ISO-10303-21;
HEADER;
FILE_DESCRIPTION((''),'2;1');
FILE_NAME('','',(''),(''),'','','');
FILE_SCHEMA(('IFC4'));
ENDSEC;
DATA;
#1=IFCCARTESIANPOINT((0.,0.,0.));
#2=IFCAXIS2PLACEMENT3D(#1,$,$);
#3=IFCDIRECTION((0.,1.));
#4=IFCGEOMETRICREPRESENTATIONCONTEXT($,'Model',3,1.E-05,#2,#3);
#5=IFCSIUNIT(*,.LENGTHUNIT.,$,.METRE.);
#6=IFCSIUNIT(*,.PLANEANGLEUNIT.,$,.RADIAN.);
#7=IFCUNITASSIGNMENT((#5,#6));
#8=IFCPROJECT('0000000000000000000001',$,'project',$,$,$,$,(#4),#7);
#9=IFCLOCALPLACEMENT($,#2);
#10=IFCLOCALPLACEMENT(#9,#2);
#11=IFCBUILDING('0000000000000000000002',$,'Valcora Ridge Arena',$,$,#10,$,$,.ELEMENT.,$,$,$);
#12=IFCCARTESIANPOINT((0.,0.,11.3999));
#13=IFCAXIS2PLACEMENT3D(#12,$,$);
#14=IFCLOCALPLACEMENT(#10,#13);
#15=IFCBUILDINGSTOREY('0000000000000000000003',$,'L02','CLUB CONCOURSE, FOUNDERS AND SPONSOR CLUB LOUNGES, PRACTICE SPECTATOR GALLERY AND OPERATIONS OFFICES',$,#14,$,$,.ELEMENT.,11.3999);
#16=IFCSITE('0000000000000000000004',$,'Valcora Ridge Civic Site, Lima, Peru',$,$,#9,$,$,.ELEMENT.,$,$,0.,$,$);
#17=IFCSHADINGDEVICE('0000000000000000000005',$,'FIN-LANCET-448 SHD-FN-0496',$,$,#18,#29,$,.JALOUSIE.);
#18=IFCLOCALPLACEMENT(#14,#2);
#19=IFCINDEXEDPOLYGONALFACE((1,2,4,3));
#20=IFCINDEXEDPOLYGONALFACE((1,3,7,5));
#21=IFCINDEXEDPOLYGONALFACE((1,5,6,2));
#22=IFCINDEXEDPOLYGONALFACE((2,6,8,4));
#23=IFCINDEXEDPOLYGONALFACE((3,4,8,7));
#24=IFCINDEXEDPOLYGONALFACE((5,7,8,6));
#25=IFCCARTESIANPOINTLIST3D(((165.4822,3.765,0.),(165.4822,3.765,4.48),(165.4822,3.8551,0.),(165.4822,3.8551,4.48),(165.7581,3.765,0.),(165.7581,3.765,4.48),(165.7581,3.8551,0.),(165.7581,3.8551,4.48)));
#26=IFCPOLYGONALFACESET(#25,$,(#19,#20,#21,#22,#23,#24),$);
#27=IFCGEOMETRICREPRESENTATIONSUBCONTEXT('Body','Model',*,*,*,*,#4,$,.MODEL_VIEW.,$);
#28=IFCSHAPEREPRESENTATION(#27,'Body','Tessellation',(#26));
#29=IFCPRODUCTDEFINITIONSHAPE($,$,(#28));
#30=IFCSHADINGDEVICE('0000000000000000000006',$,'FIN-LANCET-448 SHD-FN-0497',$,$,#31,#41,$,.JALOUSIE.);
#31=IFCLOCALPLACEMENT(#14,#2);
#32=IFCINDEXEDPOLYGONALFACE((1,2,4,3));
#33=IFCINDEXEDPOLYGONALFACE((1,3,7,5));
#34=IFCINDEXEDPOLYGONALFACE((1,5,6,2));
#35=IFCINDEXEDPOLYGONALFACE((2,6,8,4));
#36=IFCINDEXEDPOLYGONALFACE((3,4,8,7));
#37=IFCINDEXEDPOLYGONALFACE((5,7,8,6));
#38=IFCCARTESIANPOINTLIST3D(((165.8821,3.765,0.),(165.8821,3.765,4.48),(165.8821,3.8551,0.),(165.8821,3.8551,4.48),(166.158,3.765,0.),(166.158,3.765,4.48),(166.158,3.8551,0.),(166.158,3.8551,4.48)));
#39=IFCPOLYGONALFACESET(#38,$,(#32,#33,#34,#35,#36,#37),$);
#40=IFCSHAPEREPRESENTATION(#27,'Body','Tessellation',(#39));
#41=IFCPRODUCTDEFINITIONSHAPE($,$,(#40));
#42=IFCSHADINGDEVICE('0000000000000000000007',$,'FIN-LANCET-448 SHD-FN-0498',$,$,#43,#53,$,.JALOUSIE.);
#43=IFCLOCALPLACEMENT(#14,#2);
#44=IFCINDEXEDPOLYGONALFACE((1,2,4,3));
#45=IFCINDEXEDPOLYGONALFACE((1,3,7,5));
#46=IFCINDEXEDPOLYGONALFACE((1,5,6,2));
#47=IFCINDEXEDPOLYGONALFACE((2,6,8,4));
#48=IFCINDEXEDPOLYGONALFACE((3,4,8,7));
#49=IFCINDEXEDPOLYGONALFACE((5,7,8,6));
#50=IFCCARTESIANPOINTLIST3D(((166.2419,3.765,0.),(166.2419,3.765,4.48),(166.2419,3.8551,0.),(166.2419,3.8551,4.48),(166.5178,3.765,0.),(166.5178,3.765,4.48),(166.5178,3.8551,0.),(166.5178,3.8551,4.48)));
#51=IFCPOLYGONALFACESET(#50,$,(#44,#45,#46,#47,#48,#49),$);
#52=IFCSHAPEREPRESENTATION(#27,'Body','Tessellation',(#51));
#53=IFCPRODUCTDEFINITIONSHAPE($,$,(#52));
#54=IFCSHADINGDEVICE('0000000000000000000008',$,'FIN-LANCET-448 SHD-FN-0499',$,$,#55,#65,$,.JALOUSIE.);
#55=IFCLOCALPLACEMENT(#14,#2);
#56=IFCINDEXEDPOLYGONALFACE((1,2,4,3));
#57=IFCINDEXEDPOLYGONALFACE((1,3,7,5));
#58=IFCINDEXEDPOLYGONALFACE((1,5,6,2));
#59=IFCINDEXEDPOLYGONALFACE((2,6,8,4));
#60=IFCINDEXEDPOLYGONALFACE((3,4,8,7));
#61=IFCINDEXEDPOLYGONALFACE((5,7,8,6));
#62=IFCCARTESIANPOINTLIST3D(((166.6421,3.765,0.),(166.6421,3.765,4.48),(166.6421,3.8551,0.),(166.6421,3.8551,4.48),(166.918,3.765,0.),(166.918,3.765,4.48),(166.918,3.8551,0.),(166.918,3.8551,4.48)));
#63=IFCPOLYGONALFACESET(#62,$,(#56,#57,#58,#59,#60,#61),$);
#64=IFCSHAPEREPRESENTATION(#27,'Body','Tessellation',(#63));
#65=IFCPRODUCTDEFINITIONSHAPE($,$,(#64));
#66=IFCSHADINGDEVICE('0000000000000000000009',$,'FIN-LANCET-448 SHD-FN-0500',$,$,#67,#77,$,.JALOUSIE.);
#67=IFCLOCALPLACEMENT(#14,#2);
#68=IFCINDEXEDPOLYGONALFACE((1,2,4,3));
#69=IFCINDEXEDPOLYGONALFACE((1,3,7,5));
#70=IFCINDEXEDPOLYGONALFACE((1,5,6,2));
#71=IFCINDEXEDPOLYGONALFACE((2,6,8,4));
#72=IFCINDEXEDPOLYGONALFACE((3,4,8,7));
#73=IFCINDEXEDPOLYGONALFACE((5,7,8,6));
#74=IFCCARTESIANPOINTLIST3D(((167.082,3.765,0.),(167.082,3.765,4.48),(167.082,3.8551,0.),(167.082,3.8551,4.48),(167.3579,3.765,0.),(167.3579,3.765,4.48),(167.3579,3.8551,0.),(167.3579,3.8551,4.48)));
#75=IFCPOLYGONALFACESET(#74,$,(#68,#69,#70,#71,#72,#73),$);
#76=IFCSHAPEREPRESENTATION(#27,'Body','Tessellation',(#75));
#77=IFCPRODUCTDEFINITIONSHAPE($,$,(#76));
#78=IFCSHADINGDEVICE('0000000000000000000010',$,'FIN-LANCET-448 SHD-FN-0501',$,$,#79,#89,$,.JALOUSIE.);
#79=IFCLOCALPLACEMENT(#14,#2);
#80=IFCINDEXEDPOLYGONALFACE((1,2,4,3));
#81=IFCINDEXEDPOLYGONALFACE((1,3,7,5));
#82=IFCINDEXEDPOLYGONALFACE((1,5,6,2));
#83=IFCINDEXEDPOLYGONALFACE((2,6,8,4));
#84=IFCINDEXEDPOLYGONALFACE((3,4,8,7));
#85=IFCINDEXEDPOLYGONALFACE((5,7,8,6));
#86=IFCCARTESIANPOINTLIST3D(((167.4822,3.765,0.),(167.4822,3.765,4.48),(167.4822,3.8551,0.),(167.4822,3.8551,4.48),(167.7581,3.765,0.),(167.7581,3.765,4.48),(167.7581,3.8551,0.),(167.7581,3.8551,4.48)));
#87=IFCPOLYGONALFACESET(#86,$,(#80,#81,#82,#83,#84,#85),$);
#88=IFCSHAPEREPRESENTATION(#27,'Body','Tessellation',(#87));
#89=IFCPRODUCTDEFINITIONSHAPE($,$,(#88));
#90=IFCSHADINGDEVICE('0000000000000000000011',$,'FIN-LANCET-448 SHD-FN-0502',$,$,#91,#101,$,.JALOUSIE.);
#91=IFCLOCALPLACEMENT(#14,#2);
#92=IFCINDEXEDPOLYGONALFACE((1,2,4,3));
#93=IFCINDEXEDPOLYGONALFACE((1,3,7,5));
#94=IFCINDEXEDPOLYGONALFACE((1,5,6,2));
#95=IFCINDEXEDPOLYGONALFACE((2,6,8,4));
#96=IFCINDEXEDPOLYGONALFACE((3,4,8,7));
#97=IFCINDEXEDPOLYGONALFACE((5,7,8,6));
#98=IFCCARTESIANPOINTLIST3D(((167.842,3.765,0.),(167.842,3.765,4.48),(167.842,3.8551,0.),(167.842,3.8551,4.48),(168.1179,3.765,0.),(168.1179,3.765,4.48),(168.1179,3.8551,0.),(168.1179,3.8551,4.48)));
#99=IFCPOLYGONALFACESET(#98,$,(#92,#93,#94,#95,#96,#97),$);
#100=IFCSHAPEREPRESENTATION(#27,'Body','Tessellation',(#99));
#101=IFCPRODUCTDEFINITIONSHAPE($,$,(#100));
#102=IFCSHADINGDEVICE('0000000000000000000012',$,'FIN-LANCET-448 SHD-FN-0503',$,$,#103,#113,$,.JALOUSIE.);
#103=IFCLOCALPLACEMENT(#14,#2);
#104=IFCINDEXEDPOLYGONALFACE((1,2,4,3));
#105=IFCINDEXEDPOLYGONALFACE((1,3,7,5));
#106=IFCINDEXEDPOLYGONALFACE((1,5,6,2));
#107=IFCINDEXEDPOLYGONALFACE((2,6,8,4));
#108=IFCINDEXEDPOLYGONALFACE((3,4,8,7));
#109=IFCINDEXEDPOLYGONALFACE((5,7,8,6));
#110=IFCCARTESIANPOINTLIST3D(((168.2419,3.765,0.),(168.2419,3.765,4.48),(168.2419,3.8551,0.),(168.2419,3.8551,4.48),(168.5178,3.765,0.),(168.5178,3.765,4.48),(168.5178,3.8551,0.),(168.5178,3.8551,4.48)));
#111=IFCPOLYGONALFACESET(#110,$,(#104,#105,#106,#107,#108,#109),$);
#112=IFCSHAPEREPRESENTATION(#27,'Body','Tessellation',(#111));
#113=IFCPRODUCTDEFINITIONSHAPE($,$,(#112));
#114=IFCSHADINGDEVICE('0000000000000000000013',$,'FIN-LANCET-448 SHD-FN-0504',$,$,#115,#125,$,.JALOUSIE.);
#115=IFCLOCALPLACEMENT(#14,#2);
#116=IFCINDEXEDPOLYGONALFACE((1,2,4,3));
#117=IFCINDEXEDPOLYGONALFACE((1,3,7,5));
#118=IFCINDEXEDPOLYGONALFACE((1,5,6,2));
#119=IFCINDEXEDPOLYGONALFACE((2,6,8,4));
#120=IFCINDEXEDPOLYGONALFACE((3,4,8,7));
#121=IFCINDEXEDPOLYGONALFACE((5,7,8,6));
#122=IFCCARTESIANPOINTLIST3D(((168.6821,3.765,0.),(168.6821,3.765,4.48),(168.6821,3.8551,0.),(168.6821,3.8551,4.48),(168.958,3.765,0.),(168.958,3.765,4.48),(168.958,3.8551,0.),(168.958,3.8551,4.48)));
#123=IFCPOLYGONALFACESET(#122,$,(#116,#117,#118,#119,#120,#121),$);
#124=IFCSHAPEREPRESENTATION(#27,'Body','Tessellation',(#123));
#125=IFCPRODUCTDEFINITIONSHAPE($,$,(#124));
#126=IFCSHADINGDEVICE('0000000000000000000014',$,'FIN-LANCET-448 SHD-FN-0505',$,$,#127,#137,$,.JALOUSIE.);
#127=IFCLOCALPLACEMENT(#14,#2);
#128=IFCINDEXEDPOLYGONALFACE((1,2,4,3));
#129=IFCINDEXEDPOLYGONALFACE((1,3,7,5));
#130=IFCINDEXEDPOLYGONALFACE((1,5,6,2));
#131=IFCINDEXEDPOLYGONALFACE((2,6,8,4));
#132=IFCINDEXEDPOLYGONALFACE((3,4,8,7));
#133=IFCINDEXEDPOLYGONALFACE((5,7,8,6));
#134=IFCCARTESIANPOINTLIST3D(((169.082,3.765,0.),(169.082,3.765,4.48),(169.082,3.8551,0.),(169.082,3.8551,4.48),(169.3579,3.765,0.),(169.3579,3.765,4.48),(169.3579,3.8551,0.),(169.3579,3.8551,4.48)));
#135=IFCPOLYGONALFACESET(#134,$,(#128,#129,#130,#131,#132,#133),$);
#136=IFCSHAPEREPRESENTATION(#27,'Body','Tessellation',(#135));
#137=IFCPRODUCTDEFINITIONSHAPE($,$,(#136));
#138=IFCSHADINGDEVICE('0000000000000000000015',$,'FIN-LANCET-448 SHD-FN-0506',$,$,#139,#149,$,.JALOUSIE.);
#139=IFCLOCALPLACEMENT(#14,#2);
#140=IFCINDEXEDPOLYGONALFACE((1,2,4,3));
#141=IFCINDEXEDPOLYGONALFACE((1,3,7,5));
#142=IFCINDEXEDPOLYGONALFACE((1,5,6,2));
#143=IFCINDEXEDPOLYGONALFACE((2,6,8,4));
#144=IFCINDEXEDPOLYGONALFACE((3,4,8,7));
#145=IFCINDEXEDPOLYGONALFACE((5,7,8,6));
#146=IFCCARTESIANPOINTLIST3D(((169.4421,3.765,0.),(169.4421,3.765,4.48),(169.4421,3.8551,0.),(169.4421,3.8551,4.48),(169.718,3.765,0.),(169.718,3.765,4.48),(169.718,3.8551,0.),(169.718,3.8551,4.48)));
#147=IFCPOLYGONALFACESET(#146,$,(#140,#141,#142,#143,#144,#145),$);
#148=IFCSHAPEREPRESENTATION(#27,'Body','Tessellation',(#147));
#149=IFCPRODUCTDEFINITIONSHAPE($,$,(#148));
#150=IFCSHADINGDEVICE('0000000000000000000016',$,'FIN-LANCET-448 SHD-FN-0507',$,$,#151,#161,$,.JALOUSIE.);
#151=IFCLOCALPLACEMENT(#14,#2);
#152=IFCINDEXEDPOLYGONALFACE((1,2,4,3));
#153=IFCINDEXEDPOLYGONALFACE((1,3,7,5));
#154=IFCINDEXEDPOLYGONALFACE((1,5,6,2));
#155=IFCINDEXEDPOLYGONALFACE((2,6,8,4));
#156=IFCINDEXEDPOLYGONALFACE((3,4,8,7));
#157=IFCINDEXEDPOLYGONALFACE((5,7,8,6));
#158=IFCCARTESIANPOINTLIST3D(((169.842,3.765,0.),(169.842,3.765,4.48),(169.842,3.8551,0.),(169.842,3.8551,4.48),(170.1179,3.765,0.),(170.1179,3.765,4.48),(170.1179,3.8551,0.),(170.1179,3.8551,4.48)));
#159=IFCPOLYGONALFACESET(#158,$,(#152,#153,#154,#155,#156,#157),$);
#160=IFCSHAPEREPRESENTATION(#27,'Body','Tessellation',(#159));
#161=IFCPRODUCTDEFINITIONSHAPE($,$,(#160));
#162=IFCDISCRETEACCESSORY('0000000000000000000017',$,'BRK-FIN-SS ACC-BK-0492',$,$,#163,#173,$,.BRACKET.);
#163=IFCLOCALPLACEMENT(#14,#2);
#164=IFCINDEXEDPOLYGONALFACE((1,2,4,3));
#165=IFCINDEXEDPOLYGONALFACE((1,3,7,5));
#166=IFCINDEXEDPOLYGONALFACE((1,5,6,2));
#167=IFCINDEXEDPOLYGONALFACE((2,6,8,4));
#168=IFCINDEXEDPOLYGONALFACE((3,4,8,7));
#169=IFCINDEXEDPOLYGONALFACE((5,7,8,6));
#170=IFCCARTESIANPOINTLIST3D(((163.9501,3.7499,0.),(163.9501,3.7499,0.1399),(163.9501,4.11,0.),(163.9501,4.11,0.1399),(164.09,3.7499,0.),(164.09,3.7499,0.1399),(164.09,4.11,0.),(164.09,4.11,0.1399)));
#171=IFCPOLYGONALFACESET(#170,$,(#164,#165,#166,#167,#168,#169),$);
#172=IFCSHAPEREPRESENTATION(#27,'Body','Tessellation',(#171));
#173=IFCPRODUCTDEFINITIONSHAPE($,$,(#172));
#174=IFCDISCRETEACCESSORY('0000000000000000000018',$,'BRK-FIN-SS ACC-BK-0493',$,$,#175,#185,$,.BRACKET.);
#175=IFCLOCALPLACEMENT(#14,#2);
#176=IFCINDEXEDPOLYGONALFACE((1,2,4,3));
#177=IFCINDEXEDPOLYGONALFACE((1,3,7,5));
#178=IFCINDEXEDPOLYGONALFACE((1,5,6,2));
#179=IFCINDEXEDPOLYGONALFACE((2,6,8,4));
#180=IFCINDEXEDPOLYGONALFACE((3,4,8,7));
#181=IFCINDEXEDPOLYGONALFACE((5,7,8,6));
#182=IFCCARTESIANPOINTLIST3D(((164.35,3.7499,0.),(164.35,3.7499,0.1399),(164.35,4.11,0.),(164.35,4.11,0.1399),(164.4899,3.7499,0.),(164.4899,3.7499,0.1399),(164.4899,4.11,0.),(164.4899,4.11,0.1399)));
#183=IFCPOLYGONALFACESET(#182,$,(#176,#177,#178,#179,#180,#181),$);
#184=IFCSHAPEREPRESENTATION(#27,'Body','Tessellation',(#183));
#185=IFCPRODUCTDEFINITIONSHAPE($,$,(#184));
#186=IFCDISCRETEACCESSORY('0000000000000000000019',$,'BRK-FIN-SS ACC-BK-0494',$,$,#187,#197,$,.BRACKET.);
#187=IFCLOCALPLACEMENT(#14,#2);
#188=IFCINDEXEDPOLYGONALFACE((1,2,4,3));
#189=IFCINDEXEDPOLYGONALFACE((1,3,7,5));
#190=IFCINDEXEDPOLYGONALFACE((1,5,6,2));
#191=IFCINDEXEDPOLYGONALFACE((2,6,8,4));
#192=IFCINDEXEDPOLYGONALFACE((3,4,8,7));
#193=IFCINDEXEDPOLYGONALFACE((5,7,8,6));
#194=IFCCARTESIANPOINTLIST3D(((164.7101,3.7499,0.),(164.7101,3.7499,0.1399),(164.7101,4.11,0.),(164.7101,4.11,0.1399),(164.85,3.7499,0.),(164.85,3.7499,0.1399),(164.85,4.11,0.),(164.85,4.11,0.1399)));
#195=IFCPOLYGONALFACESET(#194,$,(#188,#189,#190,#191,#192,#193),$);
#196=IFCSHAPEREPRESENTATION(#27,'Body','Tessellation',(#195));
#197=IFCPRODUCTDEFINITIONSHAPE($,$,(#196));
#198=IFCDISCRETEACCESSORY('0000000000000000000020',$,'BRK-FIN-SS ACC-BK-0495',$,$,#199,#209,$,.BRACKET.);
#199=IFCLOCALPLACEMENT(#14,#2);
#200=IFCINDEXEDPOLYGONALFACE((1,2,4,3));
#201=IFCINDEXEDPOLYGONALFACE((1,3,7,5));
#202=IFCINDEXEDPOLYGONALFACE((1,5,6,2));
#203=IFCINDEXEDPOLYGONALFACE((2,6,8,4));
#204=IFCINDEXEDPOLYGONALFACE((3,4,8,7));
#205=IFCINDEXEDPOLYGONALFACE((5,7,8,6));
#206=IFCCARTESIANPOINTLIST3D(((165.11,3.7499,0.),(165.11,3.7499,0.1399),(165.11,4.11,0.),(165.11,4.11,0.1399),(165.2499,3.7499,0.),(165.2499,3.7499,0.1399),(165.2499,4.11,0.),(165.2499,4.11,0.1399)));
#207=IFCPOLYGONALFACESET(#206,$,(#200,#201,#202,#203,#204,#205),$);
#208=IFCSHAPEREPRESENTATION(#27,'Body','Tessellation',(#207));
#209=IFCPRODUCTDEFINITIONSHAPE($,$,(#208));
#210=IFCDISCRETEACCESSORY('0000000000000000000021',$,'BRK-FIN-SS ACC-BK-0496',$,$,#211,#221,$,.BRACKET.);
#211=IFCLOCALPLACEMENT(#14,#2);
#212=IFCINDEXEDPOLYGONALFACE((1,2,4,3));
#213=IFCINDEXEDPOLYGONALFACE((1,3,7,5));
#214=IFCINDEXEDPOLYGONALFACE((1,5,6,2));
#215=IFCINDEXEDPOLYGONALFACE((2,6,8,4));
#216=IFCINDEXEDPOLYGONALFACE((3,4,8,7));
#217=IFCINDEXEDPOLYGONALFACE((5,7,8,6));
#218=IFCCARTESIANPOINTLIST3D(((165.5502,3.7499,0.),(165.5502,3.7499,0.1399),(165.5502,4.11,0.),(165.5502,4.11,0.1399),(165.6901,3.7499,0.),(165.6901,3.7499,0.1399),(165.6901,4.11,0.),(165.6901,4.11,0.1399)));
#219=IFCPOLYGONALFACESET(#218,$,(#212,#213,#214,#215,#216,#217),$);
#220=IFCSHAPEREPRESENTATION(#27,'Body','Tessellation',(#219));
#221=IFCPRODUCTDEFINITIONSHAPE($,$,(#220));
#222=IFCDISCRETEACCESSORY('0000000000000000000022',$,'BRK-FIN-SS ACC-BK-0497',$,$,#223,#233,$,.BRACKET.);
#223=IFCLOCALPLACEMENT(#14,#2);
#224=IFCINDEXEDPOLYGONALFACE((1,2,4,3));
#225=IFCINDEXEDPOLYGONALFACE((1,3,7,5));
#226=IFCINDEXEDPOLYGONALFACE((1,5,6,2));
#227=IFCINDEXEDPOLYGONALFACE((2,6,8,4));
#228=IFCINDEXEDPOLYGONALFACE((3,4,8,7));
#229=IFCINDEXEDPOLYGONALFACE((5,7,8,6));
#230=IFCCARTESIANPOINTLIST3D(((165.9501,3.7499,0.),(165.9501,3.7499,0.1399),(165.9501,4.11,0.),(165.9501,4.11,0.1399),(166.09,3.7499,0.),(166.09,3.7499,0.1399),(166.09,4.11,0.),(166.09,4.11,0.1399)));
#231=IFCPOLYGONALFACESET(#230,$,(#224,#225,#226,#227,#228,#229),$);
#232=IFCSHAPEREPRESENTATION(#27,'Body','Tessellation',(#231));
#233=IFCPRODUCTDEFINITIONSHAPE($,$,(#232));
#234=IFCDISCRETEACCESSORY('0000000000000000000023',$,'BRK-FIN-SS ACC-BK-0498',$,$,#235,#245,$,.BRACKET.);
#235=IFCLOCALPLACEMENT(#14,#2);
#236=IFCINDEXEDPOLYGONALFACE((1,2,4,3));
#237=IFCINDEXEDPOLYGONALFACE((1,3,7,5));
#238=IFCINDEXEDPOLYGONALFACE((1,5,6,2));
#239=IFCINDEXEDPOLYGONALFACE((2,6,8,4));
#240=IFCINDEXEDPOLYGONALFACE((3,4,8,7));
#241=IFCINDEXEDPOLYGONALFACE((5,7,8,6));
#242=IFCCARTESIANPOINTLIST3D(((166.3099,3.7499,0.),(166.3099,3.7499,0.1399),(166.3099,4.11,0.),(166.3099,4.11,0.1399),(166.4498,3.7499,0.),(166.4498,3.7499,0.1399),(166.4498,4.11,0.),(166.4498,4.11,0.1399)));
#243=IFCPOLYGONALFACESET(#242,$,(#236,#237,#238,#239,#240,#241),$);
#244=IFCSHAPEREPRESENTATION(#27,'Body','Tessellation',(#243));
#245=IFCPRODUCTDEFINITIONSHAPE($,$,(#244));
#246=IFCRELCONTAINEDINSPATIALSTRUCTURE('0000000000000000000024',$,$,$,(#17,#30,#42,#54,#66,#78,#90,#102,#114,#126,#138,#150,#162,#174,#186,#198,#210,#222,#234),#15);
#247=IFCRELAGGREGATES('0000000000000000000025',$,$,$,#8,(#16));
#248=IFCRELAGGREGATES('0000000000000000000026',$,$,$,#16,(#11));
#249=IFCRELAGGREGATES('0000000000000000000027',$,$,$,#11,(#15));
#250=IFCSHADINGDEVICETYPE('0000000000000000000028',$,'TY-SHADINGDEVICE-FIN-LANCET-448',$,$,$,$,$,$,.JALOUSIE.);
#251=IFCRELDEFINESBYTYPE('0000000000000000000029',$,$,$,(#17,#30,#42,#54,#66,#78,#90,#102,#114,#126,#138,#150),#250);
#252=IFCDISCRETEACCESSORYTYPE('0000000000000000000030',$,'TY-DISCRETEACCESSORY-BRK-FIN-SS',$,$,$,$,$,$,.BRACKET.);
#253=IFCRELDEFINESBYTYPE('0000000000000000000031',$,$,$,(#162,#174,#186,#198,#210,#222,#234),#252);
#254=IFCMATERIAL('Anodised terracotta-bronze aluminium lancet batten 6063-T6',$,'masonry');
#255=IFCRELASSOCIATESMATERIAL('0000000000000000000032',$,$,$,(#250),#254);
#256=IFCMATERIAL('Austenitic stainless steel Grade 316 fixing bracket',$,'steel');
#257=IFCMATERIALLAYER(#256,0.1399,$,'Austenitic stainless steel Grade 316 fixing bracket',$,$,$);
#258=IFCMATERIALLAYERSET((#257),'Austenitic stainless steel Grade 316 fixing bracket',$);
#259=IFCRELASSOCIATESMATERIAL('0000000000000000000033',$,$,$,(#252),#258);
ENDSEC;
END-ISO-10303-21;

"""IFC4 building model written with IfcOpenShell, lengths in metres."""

from ifc_helpers import new_model, si_unit, direction, frame, origin, origin_2d, place, context, subcontext, project, spatial, rectangle, extrude, material, layer, layer_set, material_profile, profile_set, type_object, element, save


model = new_model("IFC4")

# Units and contexts
model_context = context("Model", 3, precision=1e-05, world=origin(), true_north=direction((0.0, 1.0)))
body_context = subcontext(model_context, "Body", "Model", "MODEL_VIEW")
ifc_project = project(units=[si_unit("LENGTHUNIT", "METRE"), si_unit("PLANEANGLEUNIT", "RADIAN")], contexts=[model_context])

# Site, building, storey
site_placement = place(None, origin())
site = spatial("IfcSite", under=ifc_project, at=site_placement, Name="Valcora Ridge Civic Site, Lima, Peru", CompositionType="ELEMENT", RefElevation=0.0)
building_placement = place(site_placement, origin())
building = spatial("IfcBuilding", under=site, at=building_placement, Name="Valcora Ridge Arena", CompositionType="ELEMENT")
storey_placement = place(building_placement, frame((0.0, 0.0, 11.3999)))
storey = spatial("IfcBuildingStorey", under=building, at=storey_placement, Name="L02", Description="CLUB CONCOURSE, FOUNDERS AND SPONSOR CLUB LOUNGES, PRACTICE SPECTATOR GALLERY AND OPERATIONS OFFICES", CompositionType="ELEMENT", Elevation=11.3999)

# Shared definitions
ifc_material_1 = material(Name="Anodised terracotta-bronze aluminium lancet batten 6063-T6", Category="masonry")

# Shading devices
ifc_material_profile_1 = material_profile(ifc_material_1, rectangle(XDim=0.0901, YDim=0.2759, at=origin_2d()), Name="ALU LANCET BATTEN 90x276")
ifc_profile_set_1 = profile_set([ifc_material_profile_1], Name="Anodised terracotta-bronze aluminium lancet batten 6063-T6")
shading_device_type = type_object("IfcShadingDeviceType", Name="TY-SHADINGDEVICE-FIN-LANCET-448", PredefinedType="JALOUSIE", material=ifc_profile_set_1)
for number, where, z_axis, x_axis, name in (
    (1, (165.6201, 3.8101, 0.0), (0.0, 0.0, 1.0), (0.0, 1.0, 0.0), "FIN-LANCET-448 SHD-FN-0496"),
    (2, (166.02, 3.8101, 0.0), (0.0, 0.0, 1.0), (0.0, 1.0, 0.0), "FIN-LANCET-448 SHD-FN-0497"),
    (3, (166.3799, 3.8101, 0.0), (0.0, 0.0, 1.0), (0.0, 1.0, 0.0), "FIN-LANCET-448 SHD-FN-0498"),
    (4, (166.78, 3.8101, 0.0), (0.0, 0.0, 1.0), (0.0, 1.0, 0.0), "FIN-LANCET-448 SHD-FN-0499"),
    (5, (167.22, 3.8101, 0.0), (0.0, 0.0, 1.0), (0.0, 1.0, 0.0), "FIN-LANCET-448 SHD-FN-0500"),
    (6, (167.6201, 3.8101, 0.0), (0.0, 0.0, 1.0), (0.0, 1.0, 0.0), "FIN-LANCET-448 SHD-FN-0501"),
    (7, (167.98, 3.8101, 0.0), (0.0, 0.0, 1.0), (0.0, 1.0, 0.0), "FIN-LANCET-448 SHD-FN-0502"),
    (8, (168.3799, 3.8101, 0.0), (0.0, 0.0, 1.0), (0.0, 1.0, 0.0), "FIN-LANCET-448 SHD-FN-0503"),
    (9, (168.8201, 3.8101, 0.0), (0.0, 0.0, 1.0), (0.0, 1.0, 0.0), "FIN-LANCET-448 SHD-FN-0504"),
    (10, (169.22, 3.8101, 0.0), (0.0, 0.0, 1.0), (0.0, 1.0, 0.0), "FIN-LANCET-448 SHD-FN-0505"),
    (11, (169.5801, 3.8101, 0.0), (0.0, 0.0, 1.0), (0.0, 1.0, 0.0), "FIN-LANCET-448 SHD-FN-0506"),
    (12, (169.98, 3.8101, 0.0), (0.0, 0.0, 1.0), (0.0, 1.0, 0.0), "FIN-LANCET-448 SHD-FN-0507"),
):
    element("IfcShadingDevice", number, at=place(storey_placement, frame(where, z_axis=z_axis, x_axis=x_axis)), inside=storey, type_object=shading_device_type, Name=name, PredefinedType="JALOUSIE", context=body_context, shape_type="SweptSolid", body=[
        extrude(rectangle(XDim=0.0901, YDim=0.2759, at=origin_2d()), origin(), (0.0, 0.0, 1.0), 4.48),
    ])

# Discrete accessories
ifc_material_2 = material(Name="Austenitic stainless steel Grade 316 fixing bracket", Category="steel")
ifc_layer_1 = layer(ifc_material_2, 0.1399, Name="Austenitic stainless steel Grade 316 fixing bracket")
ifc_layer_set_1 = layer_set([ifc_layer_1], Name="Austenitic stainless steel Grade 316 fixing bracket")
discrete_accessory_type = type_object("IfcDiscreteAccessoryType", Name="TY-DISCRETEACCESSORY-BRK-FIN-SS", PredefinedType="BRACKET", material=ifc_layer_set_1)
for number, where, z_axis, x_axis, name in (
    (13, (164.02, 3.9299, 0.0), (0.0, 0.0, 1.0), (0.0, 1.0, 0.0), "BRK-FIN-SS ACC-BK-0492"),
    (14, (164.4199, 3.9299, 0.0), (0.0, 0.0, 1.0), (0.0, 1.0, 0.0), "BRK-FIN-SS ACC-BK-0493"),
    (15, (164.78, 3.9299, 0.0), (0.0, 0.0, 1.0), (0.0, 1.0, 0.0), "BRK-FIN-SS ACC-BK-0494"),
    (16, (165.1799, 3.9299, 0.0), (0.0, 0.0, 1.0), (0.0, 1.0, 0.0), "BRK-FIN-SS ACC-BK-0495"),
    (17, (165.6201, 3.9299, 0.0), (0.0, 0.0, 1.0), (0.0, 1.0, 0.0), "BRK-FIN-SS ACC-BK-0496"),
    (18, (166.02, 3.9299, 0.0), (0.0, 0.0, 1.0), (0.0, 1.0, 0.0), "BRK-FIN-SS ACC-BK-0497"),
    (19, (166.3799, 3.9299, 0.0), (0.0, 0.0, 1.0), (0.0, 1.0, 0.0), "BRK-FIN-SS ACC-BK-0498"),
):
    element("IfcDiscreteAccessory", number, at=place(storey_placement, frame(where, z_axis=z_axis, x_axis=x_axis)), inside=storey, type_object=discrete_accessory_type, Name=name, PredefinedType="BRACKET", context=body_context, shape_type="SweptSolid", body=[
        extrude(rectangle(XDim=0.3601, YDim=0.1399, at=origin_2d()), origin(), (0.0, 0.0, 1.0), 0.1399),
    ])

save(model, "model.ifc")
